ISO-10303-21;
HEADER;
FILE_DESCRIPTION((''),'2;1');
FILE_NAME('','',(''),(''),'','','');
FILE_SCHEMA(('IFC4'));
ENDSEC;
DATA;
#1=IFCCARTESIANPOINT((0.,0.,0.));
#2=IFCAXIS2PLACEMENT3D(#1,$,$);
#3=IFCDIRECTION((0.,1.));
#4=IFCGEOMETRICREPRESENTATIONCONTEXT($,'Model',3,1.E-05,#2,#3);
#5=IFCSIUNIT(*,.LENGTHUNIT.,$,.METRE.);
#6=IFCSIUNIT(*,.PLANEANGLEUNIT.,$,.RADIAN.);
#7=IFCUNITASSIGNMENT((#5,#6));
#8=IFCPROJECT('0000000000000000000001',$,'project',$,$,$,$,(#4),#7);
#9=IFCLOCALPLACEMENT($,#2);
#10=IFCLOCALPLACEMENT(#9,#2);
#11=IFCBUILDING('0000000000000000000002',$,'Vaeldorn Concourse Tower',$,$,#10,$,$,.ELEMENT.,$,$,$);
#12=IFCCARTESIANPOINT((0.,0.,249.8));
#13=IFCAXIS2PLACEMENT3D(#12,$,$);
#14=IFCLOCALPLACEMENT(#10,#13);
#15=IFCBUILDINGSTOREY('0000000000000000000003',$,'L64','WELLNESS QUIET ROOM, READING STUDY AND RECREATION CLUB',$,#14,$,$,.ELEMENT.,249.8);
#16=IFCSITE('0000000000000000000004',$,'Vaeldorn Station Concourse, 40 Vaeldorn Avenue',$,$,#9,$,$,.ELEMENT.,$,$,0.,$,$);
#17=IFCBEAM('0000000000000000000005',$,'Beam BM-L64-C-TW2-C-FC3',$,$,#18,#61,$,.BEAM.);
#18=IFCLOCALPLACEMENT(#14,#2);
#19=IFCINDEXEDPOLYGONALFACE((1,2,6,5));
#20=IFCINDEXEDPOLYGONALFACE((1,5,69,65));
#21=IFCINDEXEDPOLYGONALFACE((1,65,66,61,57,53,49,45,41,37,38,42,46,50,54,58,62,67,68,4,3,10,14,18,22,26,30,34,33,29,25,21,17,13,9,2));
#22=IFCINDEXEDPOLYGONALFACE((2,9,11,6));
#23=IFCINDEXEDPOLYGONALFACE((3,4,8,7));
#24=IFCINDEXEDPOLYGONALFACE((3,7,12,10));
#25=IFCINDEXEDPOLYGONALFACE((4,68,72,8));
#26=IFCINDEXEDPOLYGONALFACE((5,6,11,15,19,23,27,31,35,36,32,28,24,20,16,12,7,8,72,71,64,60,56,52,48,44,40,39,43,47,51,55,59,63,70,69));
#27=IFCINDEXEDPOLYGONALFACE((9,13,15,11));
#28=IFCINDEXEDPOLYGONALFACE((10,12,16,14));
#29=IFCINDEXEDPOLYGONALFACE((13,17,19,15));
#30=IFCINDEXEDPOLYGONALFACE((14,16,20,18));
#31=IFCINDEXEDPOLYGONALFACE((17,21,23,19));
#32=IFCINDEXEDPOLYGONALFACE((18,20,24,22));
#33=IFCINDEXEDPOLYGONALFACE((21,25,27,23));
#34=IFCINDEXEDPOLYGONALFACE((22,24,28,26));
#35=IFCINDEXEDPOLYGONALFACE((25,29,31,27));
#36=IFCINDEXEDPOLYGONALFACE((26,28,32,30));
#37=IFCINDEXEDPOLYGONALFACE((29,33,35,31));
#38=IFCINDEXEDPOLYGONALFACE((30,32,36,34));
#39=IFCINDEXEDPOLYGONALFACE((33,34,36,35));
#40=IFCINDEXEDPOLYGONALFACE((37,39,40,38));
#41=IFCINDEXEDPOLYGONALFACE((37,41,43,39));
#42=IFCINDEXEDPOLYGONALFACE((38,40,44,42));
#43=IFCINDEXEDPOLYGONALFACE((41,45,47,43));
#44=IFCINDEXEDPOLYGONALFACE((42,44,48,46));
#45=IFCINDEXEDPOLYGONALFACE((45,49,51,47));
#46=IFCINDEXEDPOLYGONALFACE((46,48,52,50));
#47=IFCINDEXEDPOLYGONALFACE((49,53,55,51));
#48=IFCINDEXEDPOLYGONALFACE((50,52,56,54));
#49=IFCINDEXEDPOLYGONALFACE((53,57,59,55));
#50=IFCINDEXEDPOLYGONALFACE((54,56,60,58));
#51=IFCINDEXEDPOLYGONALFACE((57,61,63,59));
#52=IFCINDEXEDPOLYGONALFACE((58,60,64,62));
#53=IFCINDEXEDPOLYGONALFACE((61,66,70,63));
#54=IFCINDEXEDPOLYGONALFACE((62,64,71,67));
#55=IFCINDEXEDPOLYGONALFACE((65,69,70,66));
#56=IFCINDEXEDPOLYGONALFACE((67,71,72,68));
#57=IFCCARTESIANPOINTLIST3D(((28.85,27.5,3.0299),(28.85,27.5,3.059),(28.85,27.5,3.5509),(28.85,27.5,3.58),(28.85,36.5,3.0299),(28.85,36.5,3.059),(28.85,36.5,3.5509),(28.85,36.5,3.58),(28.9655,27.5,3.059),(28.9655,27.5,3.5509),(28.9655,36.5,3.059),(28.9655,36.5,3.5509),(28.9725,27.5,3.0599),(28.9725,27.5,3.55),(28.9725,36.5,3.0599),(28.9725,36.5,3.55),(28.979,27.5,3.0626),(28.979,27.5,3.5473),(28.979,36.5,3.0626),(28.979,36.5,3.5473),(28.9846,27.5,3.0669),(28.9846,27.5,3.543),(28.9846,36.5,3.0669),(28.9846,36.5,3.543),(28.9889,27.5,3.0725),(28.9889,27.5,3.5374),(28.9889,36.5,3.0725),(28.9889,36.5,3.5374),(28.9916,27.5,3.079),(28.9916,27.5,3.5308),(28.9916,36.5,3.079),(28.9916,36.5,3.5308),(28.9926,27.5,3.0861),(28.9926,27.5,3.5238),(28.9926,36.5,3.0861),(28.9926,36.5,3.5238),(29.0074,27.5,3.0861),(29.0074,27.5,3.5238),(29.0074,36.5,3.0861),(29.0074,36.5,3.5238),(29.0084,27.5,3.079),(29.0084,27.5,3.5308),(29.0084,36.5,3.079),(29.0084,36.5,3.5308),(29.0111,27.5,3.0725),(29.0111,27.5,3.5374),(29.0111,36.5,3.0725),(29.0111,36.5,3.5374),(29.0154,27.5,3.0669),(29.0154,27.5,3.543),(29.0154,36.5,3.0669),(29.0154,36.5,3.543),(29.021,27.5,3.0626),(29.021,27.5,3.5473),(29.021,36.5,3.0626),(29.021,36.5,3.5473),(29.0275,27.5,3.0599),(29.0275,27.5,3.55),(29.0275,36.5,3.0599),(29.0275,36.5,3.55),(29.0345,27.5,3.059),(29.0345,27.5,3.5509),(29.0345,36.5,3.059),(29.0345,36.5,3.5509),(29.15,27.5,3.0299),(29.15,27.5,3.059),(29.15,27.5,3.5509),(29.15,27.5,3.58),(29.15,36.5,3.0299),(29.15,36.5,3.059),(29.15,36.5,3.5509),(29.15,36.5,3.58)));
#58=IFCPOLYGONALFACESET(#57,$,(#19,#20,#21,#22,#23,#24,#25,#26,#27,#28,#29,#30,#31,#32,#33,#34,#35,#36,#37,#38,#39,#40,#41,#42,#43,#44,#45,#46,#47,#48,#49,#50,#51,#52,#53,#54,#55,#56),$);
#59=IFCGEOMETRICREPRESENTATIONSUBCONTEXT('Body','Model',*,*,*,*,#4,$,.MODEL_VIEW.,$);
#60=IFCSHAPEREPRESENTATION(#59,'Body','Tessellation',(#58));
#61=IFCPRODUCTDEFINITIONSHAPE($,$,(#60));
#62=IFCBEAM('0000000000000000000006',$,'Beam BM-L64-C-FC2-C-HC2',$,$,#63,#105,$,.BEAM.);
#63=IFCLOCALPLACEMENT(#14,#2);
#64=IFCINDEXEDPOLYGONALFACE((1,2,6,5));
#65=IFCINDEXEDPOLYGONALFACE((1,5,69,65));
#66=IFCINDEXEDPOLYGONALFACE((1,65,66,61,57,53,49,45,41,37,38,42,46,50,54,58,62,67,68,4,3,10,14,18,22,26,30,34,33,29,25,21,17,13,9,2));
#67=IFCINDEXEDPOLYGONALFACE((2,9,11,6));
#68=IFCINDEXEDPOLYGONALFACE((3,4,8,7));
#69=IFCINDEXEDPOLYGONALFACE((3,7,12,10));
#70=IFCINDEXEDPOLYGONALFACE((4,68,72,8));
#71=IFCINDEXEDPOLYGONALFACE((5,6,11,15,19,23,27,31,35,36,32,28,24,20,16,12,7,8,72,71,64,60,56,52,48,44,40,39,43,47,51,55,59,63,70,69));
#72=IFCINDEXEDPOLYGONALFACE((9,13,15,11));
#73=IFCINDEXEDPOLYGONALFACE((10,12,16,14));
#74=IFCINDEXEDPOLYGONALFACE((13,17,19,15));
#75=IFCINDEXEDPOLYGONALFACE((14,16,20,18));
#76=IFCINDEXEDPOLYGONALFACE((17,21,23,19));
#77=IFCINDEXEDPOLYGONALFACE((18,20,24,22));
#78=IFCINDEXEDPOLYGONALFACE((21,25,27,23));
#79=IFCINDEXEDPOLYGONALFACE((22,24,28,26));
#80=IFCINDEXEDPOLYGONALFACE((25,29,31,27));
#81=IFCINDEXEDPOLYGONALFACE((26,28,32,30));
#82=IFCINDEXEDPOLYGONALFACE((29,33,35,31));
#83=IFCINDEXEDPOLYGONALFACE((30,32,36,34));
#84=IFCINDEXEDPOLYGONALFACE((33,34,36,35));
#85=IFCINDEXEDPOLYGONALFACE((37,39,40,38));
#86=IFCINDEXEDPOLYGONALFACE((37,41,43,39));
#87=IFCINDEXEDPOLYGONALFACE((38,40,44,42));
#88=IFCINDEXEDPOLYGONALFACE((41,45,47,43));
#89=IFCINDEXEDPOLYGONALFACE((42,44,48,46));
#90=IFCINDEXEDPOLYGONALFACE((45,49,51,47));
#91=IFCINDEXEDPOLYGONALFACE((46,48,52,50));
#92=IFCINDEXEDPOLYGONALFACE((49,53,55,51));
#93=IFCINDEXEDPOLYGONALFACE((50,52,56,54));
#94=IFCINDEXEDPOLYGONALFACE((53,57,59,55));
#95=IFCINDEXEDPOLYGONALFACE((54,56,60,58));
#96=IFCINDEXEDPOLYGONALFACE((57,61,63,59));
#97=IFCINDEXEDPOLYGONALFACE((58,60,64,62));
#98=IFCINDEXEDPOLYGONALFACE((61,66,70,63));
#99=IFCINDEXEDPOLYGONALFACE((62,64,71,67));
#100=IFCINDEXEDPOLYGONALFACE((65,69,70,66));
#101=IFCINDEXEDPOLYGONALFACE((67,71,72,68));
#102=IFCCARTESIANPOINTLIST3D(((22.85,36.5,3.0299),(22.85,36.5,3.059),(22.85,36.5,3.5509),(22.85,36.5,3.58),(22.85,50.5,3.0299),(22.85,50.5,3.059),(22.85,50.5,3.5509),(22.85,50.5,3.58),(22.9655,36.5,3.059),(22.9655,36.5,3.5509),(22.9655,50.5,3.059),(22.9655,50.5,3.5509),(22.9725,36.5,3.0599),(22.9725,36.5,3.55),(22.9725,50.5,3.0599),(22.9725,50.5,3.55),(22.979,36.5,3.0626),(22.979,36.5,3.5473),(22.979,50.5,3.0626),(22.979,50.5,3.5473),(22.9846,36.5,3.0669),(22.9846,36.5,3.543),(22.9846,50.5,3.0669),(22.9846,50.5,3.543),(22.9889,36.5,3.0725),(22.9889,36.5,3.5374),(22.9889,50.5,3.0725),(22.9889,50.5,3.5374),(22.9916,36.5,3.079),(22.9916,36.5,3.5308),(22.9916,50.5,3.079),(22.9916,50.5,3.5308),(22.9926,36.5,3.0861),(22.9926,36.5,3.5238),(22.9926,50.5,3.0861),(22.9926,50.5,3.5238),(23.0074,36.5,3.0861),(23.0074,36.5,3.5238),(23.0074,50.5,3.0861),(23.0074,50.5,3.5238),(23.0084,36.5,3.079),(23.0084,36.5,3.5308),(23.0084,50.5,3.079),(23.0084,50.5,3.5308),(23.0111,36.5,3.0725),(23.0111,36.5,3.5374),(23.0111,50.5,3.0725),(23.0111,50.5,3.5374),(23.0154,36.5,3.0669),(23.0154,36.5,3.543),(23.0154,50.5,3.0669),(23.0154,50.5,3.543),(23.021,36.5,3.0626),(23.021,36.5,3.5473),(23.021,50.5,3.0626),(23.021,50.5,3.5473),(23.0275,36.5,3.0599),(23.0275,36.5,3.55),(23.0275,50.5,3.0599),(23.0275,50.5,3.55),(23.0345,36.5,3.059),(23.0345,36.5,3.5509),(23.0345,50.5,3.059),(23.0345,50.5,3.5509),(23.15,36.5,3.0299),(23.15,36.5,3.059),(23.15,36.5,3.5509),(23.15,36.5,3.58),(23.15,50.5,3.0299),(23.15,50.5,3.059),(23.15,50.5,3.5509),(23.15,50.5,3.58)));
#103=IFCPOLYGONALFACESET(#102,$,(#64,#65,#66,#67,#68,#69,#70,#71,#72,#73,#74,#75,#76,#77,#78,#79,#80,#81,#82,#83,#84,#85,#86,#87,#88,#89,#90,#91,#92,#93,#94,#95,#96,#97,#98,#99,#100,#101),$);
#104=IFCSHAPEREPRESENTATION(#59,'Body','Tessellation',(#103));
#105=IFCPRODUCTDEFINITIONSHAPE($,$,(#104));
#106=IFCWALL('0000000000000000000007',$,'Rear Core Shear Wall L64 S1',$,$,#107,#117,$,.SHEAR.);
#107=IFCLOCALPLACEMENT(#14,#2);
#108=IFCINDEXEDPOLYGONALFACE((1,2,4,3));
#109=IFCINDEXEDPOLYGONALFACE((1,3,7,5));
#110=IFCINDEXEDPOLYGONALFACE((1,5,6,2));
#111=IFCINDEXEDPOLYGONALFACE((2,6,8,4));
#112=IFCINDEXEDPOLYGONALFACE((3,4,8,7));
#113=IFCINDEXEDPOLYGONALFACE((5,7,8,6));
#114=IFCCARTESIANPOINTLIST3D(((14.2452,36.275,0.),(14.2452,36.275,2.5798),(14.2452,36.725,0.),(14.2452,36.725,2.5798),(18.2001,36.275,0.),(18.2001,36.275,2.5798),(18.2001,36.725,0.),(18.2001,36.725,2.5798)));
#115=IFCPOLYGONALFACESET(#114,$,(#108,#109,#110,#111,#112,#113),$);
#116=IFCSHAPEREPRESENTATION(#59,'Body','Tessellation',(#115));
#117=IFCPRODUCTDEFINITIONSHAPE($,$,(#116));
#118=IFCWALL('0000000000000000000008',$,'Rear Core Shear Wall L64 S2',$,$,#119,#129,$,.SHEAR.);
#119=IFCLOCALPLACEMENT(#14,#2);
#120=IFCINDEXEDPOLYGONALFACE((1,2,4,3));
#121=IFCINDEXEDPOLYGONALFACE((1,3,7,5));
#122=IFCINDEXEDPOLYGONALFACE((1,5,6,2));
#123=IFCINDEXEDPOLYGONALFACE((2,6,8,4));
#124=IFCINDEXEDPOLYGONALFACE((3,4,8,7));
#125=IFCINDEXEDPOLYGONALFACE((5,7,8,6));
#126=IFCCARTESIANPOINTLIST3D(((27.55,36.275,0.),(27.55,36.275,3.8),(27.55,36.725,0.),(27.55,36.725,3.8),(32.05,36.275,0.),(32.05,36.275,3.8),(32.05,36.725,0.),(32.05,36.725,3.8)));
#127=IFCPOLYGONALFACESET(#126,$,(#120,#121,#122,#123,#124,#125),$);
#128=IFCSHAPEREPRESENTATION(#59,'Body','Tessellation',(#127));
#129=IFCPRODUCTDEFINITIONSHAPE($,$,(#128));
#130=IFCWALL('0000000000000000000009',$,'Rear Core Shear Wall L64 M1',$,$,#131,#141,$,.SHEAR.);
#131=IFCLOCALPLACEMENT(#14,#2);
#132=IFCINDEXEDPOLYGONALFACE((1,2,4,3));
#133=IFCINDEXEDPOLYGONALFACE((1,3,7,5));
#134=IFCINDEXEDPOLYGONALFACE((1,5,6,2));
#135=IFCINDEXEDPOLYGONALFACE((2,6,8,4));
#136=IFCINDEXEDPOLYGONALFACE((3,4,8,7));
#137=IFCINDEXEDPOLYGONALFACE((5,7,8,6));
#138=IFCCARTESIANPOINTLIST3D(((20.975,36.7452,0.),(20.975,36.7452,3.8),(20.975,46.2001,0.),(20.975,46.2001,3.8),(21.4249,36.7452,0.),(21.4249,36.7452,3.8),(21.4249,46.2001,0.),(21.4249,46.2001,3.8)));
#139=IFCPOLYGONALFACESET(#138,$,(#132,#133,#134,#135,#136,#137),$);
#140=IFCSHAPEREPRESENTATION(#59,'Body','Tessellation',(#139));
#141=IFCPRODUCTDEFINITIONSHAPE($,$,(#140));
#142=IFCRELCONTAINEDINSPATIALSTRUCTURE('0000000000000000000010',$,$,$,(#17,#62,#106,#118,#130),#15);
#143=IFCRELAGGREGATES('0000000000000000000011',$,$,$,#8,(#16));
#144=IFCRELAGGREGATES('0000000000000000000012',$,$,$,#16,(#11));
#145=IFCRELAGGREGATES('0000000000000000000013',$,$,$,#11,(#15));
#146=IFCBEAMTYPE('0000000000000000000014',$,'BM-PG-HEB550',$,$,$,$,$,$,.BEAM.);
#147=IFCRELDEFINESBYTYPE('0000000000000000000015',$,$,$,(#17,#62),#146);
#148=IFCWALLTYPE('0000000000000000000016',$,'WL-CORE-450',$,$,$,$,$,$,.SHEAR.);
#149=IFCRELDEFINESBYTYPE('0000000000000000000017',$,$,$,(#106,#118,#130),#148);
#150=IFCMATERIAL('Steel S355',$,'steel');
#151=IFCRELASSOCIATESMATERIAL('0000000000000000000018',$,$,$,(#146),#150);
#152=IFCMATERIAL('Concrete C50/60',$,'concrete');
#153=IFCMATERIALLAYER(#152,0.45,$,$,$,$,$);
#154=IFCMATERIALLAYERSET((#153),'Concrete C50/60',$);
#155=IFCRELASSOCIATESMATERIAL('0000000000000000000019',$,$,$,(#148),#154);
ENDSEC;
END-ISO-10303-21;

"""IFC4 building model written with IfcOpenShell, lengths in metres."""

from ifc_helpers import new_model, si_unit, direction, frame, frame_2d, origin, origin_2d, place, context, subcontext, project, spatial, rectangle, i_section, extrude, source, transform, mapped, material, layer, layer_set, material_profile, profile_set, type_object, element, save


model = new_model("IFC4")

# Units and contexts
model_context = context("Model", 3, precision=1e-05, world=origin(), true_north=direction((0.0, 1.0)))
body_context = subcontext(model_context, "Body", "Model", "MODEL_VIEW")
ifc_project = project(units=[si_unit("LENGTHUNIT", "METRE"), si_unit("PLANEANGLEUNIT", "RADIAN")], contexts=[model_context])

# Site, building, storey
site_placement = place(None, origin())
site = spatial("IfcSite", under=ifc_project, at=site_placement, Name="Vaeldorn Station Concourse, 40 Vaeldorn Avenue", CompositionType="ELEMENT", RefElevation=0.0)
building_placement = place(site_placement, origin())
building = spatial("IfcBuilding", under=site, at=building_placement, Name="Vaeldorn Concourse Tower", CompositionType="ELEMENT")
storey_placement = place(building_placement, frame((0.0, 0.0, 249.8)))
storey = spatial("IfcBuildingStorey", under=building, at=storey_placement, Name="L64", Description="WELLNESS QUIET ROOM, READING STUDY AND RECREATION CLUB", CompositionType="ELEMENT", Elevation=249.8)

# Shared definitions
ifc_material_1 = material(Name="Steel S355", Category="steel")

# Beams
ifc_material_profile_1 = material_profile(ifc_material_1, i_section(OverallWidth=0.3, OverallDepth=0.55, WebThickness=0.0149, FlangeThickness=0.0291, FilletRadius=0.0271, at=origin_2d()), Name="HEB 550")
ifc_profile_set_1 = profile_set([ifc_material_profile_1], Name="Steel S355")
beam_type_1 = type_object("IfcBeamType", Name="BM-PG-HEB550", PredefinedType="BEAM", material=ifc_profile_set_1)
shared_shape_1 = source(origin(), body_context, "Body", "SweptSolid", [
    extrude(i_section(OverallWidth=0.3, OverallDepth=0.55, WebThickness=0.0149, FlangeThickness=0.0291, FilletRadius=0.0271, at=origin_2d()), origin(), (0.0, 0.0, 1.0), 9.0),
])
beam_1_placement = place(storey_placement, frame((29.0, 27.5, 3.3049), z_axis=(0.0, 1.0, 0.0), x_axis=(-1.0, 0.0, 0.0)))
element("IfcBeam", 1, at=beam_1_placement, inside=storey, type_object=beam_type_1, Name="Beam BM-L64-C-TW2-C-FC3", PredefinedType="BEAM", context=body_context, shape_type="MappedRepresentation", body=[
    mapped(shared_shape_1, transform((0.0, 0.0, 0.0), scale=1.0)),
])
shared_shape_2 = source(origin(), body_context, "Body", "SweptSolid", [
    extrude(i_section(OverallWidth=0.3, OverallDepth=0.55, WebThickness=0.0149, FlangeThickness=0.0291, FilletRadius=0.0271, at=origin_2d()), origin(), (0.0, 0.0, 1.0), 14.0),
])
beam_2_placement = place(storey_placement, frame((23.0, 36.5, 3.3049), z_axis=(0.0, 1.0, 0.0), x_axis=(-1.0, 0.0, 0.0)))
element("IfcBeam", 2, at=beam_2_placement, inside=storey, type_object=beam_type_1, Name="Beam BM-L64-C-FC2-C-HC2", PredefinedType="BEAM", context=body_context, shape_type="MappedRepresentation", body=[
    mapped(shared_shape_2, transform((0.0, 0.0, 0.0), scale=1.0)),
])

# Walls
ifc_material_2 = material(Name="Concrete C50/60", Category="concrete")
ifc_layer_1 = layer(ifc_material_2, 0.45)
ifc_layer_set_1 = layer_set([ifc_layer_1], Name="Concrete C50/60")
wall_type_1 = type_object("IfcWallType", Name="WL-CORE-450", PredefinedType="SHEAR", material=ifc_layer_set_1)
wall_1_placement = place(storey_placement, frame((14.2451, 36.5, 0.0), z_axis=(0.0, 0.0, 1.0), x_axis=(1.0, 0.0, 0.0)))
element("IfcWall", 3, at=wall_1_placement, inside=storey, type_object=wall_type_1, Name="Rear Core Shear Wall L64 S1", PredefinedType="SHEAR", context=body_context, shape_type="SweptSolid", body=[
    extrude(rectangle(XDim=3.9548, YDim=0.45, at=frame_2d((1.9775, 0.0))), origin(), (0.0, 0.0, 1.0), 2.5798),
])
wall_2_placement = place(storey_placement, frame((27.55, 36.5, 0.0), z_axis=(0.0, 0.0, 1.0), x_axis=(1.0, 0.0, 0.0)))
element("IfcWall", 4, at=wall_2_placement, inside=storey, type_object=wall_type_1, Name="Rear Core Shear Wall L64 S2", PredefinedType="SHEAR", context=body_context, shape_type="SweptSolid", body=[
    extrude(rectangle(XDim=4.5, YDim=0.45, at=frame_2d((2.25, 0.0))), origin(), (0.0, 0.0, 1.0), 3.8),
])
wall_3_placement = place(storey_placement, frame((21.2, 36.7451, 0.0), z_axis=(0.0, 0.0, 1.0), x_axis=(0.0, 1.0, 0.0)))
element("IfcWall", 5, at=wall_3_placement, inside=storey, type_object=wall_type_1, Name="Rear Core Shear Wall L64 M1", PredefinedType="SHEAR", context=body_context, shape_type="SweptSolid", body=[
    extrude(rectangle(XDim=9.4548, YDim=0.45, at=frame_2d((4.7275, 0.0))), origin(), (0.0, 0.0, 1.0), 3.8),
])

save(model, "model.ifc")
